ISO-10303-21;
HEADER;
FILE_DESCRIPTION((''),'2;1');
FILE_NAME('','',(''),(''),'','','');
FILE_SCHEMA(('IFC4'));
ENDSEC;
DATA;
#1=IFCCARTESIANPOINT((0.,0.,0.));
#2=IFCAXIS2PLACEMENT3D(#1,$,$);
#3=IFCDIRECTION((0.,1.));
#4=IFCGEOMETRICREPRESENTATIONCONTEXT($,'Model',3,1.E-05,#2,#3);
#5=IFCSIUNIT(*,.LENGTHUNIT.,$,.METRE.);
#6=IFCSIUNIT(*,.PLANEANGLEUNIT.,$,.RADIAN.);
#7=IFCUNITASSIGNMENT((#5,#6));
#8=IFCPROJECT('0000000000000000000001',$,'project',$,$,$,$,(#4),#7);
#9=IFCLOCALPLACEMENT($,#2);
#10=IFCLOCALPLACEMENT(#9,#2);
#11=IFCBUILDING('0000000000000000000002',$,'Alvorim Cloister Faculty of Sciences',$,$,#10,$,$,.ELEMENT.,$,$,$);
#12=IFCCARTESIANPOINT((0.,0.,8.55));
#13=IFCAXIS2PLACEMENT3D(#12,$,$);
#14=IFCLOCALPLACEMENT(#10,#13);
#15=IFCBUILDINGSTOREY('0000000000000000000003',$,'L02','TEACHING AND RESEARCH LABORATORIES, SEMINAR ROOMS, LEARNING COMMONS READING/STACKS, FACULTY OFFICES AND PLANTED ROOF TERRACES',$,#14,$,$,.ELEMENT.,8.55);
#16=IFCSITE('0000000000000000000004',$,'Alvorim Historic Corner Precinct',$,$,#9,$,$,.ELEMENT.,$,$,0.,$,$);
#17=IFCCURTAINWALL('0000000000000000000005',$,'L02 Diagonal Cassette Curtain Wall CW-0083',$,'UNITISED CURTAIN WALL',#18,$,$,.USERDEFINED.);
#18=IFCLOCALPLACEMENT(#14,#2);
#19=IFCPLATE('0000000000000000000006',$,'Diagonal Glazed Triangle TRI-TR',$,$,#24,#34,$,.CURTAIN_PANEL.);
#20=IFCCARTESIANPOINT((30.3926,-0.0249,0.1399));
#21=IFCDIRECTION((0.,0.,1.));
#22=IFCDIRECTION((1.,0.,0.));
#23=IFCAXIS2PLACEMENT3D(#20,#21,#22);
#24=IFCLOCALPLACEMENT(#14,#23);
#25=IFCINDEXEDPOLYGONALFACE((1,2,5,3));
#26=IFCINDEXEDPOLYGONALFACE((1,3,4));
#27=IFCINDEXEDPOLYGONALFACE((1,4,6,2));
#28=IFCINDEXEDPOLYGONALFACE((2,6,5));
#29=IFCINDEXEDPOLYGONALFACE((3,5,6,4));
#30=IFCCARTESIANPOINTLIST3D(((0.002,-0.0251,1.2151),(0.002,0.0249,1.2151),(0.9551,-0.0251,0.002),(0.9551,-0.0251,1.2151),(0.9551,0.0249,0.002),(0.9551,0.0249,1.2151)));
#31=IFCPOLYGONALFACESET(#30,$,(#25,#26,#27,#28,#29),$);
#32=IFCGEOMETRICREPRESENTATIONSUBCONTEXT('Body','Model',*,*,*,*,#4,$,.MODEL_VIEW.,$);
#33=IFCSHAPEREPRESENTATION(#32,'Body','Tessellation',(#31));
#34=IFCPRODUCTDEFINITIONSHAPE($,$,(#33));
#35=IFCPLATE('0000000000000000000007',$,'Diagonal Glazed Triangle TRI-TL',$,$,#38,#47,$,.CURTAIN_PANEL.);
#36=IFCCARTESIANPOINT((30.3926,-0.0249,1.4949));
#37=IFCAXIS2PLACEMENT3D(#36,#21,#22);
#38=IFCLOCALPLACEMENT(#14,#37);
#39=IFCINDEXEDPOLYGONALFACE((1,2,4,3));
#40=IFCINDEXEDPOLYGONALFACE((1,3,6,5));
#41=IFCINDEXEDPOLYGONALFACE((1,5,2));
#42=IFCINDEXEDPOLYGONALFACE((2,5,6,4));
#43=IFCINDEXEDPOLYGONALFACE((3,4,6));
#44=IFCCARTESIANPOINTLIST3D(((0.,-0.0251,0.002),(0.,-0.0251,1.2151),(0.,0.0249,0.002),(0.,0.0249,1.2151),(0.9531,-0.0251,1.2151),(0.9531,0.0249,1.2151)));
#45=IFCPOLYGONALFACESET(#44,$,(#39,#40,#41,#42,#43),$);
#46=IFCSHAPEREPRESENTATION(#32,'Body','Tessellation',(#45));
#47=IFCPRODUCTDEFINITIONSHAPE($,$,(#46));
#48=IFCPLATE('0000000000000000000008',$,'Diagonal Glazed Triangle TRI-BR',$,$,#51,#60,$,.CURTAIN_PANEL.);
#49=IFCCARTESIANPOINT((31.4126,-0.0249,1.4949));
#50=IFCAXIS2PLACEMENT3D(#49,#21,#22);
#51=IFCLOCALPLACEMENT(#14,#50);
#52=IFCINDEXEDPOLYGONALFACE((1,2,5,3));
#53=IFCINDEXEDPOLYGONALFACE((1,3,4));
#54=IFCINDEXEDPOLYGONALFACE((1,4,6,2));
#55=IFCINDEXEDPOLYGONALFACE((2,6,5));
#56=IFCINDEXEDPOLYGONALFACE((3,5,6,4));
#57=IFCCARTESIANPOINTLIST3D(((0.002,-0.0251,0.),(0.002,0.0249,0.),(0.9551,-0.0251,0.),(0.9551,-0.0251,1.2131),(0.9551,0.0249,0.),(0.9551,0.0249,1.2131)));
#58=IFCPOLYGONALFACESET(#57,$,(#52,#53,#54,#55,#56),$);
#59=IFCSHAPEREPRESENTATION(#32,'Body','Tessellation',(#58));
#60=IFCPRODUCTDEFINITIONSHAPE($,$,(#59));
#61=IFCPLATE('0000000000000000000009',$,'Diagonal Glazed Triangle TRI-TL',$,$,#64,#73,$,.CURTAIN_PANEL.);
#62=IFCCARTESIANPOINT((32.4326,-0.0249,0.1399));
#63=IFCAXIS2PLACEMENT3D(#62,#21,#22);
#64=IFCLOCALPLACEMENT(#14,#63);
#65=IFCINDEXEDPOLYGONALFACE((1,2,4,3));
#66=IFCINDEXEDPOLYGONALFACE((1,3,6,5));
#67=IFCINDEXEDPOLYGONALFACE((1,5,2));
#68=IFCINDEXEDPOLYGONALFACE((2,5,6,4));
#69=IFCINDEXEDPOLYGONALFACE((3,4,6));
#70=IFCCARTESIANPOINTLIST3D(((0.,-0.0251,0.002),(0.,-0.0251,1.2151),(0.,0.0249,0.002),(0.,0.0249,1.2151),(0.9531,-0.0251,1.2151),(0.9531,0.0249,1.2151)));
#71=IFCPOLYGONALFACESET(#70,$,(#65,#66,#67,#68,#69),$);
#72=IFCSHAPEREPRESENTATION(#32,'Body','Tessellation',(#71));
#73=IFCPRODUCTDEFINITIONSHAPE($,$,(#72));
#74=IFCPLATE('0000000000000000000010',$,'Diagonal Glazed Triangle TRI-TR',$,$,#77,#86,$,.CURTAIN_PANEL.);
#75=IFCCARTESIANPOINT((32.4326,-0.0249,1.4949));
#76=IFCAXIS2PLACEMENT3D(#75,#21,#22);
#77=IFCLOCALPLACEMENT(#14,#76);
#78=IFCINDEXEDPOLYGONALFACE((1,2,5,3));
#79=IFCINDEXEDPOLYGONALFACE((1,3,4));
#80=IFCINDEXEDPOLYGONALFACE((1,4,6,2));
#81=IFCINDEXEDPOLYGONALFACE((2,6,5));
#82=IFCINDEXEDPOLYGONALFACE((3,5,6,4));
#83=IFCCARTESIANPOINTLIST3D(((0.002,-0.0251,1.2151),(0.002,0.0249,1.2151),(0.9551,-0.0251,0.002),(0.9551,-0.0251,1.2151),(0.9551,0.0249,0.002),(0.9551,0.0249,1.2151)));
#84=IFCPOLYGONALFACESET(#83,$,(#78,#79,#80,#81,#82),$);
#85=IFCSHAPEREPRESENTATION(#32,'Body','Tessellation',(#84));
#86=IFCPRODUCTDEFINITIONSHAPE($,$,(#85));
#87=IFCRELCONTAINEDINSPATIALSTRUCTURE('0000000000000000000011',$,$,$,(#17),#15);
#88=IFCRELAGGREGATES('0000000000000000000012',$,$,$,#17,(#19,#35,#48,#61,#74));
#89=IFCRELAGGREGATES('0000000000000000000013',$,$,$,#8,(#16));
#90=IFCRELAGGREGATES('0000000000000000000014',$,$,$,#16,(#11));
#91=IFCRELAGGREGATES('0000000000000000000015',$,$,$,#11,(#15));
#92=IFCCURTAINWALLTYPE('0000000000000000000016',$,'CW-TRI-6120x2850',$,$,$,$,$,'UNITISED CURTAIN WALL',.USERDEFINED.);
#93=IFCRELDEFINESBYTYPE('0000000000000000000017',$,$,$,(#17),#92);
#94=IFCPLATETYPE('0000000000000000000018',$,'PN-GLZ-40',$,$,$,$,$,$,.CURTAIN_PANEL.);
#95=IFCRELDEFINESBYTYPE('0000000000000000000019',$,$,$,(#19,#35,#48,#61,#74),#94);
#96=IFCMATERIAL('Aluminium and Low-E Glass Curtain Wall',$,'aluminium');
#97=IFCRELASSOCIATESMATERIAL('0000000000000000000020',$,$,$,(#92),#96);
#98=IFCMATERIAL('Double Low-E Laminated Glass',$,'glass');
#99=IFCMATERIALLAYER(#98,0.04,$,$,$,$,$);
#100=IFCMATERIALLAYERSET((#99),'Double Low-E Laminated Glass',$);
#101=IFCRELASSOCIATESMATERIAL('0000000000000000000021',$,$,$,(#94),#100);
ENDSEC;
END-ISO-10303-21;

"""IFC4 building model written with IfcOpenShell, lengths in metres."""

from ifc_helpers import new_model, si_unit, direction, frame, origin, place, context, subcontext, project, spatial, polyline, outline, extrude, material, layer, layer_set, type_object, element, aggregate, save


model = new_model("IFC4")

# Units and contexts
model_context = context("Model", 3, precision=1e-05, world=origin(), true_north=direction((0.0, 1.0)))
body_context = subcontext(model_context, "Body", "Model", "MODEL_VIEW")
ifc_project = project(units=[si_unit("LENGTHUNIT", "METRE"), si_unit("PLANEANGLEUNIT", "RADIAN")], contexts=[model_context])

# Site, building, storey
site_placement = place(None, origin())
site = spatial("IfcSite", under=ifc_project, at=site_placement, Name="Alvorim Historic Corner Precinct", CompositionType="ELEMENT", RefElevation=0.0)
building_placement = place(site_placement, origin())
building = spatial("IfcBuilding", under=site, at=building_placement, Name="Alvorim Cloister Faculty of Sciences", CompositionType="ELEMENT")
storey_placement = place(building_placement, frame((0.0, 0.0, 8.55)))
storey = spatial("IfcBuildingStorey", under=building, at=storey_placement, Name="L02", Description="TEACHING AND RESEARCH LABORATORIES, SEMINAR ROOMS, LEARNING COMMONS READING/STACKS, FACULTY OFFICES AND PLANTED ROOF TERRACES", CompositionType="ELEMENT", Elevation=8.55)

# Curtain wall, plates
ifc_material_1 = material(Name="Aluminium and Low-E Glass Curtain Wall", Category="aluminium")
curtain_wall_type = type_object("IfcCurtainWallType", Name="CW-TRI-6120x2850", ElementType="UNITISED CURTAIN WALL", PredefinedType="USERDEFINED", material=ifc_material_1)
curtain_wall_placement = place(storey_placement, origin())
curtain_wall = element("IfcCurtainWall", 1, at=curtain_wall_placement, inside=storey, type_object=curtain_wall_type, Name="L02 Diagonal Cassette Curtain Wall CW-0083", ObjectType="UNITISED CURTAIN WALL", PredefinedType="USERDEFINED")
ifc_material_2 = material(Name="Double Low-E Laminated Glass", Category="glass")
ifc_layer = layer(ifc_material_2, 0.04)
ifc_layer_set = layer_set([ifc_layer], Name="Double Low-E Laminated Glass")
plate_type = type_object("IfcPlateType", Name="PN-GLZ-40", PredefinedType="CURTAIN_PANEL", material=ifc_layer_set)
plate_1_placement = place(storey_placement, frame((30.3926, -0.0249, 0.1399), z_axis=(0.0, 0.0, 1.0), x_axis=(1.0, 0.0, 0.0)))
plate_1 = element("IfcPlate", 2, at=plate_1_placement, type_object=plate_type, Name="Diagonal Glazed Triangle TRI-TR", PredefinedType="CURTAIN_PANEL", context=body_context, shape_type="SweptSolid", body=[
    extrude(outline(polyline([(0.9551, 0.002), (0.9551, 1.2151), (0.002, 1.2151), (0.9551, 0.002)])), frame((0.0, 0.0249, 0.0), z_axis=(0.0, -1.0, 0.0), x_axis=(1.0, 0.0, 0.0)), (0.0, 0.0, 1.0), 0.05),
])
plate_2_placement = place(storey_placement, frame((30.3926, -0.0249, 1.4949), z_axis=(0.0, 0.0, 1.0), x_axis=(1.0, 0.0, 0.0)))
plate_2 = element("IfcPlate", 3, at=plate_2_placement, type_object=plate_type, Name="Diagonal Glazed Triangle TRI-TL", PredefinedType="CURTAIN_PANEL", context=body_context, shape_type="SweptSolid", body=[
    extrude(outline(polyline([(0.9531, 1.2151), (0.0, 1.2151), (0.0, 0.002), (0.9531, 1.2151)])), frame((0.0, 0.0249, 0.0), z_axis=(0.0, -1.0, 0.0), x_axis=(1.0, 0.0, 0.0)), (0.0, 0.0, 1.0), 0.05),
])
plate_3_placement = place(storey_placement, frame((31.4126, -0.0249, 1.4949), z_axis=(0.0, 0.0, 1.0), x_axis=(1.0, 0.0, 0.0)))
plate_3 = element("IfcPlate", 4, at=plate_3_placement, type_object=plate_type, Name="Diagonal Glazed Triangle TRI-BR", PredefinedType="CURTAIN_PANEL", context=body_context, shape_type="SweptSolid", body=[
    extrude(outline(polyline([(0.002, 0.0), (0.9551, 0.0), (0.9551, 1.2131), (0.002, 0.0)])), frame((0.0, 0.0249, 0.0), z_axis=(0.0, -1.0, 0.0), x_axis=(1.0, 0.0, 0.0)), (0.0, 0.0, 1.0), 0.05),
])
plate_4_placement = place(storey_placement, frame((32.4326, -0.0249, 0.1399), z_axis=(0.0, 0.0, 1.0), x_axis=(1.0, 0.0, 0.0)))
plate_4 = element("IfcPlate", 5, at=plate_4_placement, type_object=plate_type, Name="Diagonal Glazed Triangle TRI-TL", PredefinedType="CURTAIN_PANEL", context=body_context, shape_type="SweptSolid", body=[
    extrude(outline(polyline([(0.9531, 1.2151), (0.0, 1.2151), (0.0, 0.002), (0.9531, 1.2151)])), frame((0.0, 0.0249, 0.0), z_axis=(0.0, -1.0, 0.0), x_axis=(1.0, 0.0, 0.0)), (0.0, 0.0, 1.0), 0.05),
])
plate_5_placement = place(storey_placement, frame((32.4326, -0.0249, 1.4949), z_axis=(0.0, 0.0, 1.0), x_axis=(1.0, 0.0, 0.0)))
plate_5 = element("IfcPlate", 6, at=plate_5_placement, type_object=plate_type, Name="Diagonal Glazed Triangle TRI-TR", PredefinedType="CURTAIN_PANEL", context=body_context, shape_type="SweptSolid", body=[
    extrude(outline(polyline([(0.9551, 0.002), (0.9551, 1.2151), (0.002, 1.2151), (0.9551, 0.002)])), frame((0.0, 0.0249, 0.0), z_axis=(0.0, -1.0, 0.0), x_axis=(1.0, 0.0, 0.0)), (0.0, 0.0, 1.0), 0.05),
])
aggregate(curtain_wall, [plate_1, plate_2, plate_3, plate_4, plate_5])

save(model, "model.ifc")
